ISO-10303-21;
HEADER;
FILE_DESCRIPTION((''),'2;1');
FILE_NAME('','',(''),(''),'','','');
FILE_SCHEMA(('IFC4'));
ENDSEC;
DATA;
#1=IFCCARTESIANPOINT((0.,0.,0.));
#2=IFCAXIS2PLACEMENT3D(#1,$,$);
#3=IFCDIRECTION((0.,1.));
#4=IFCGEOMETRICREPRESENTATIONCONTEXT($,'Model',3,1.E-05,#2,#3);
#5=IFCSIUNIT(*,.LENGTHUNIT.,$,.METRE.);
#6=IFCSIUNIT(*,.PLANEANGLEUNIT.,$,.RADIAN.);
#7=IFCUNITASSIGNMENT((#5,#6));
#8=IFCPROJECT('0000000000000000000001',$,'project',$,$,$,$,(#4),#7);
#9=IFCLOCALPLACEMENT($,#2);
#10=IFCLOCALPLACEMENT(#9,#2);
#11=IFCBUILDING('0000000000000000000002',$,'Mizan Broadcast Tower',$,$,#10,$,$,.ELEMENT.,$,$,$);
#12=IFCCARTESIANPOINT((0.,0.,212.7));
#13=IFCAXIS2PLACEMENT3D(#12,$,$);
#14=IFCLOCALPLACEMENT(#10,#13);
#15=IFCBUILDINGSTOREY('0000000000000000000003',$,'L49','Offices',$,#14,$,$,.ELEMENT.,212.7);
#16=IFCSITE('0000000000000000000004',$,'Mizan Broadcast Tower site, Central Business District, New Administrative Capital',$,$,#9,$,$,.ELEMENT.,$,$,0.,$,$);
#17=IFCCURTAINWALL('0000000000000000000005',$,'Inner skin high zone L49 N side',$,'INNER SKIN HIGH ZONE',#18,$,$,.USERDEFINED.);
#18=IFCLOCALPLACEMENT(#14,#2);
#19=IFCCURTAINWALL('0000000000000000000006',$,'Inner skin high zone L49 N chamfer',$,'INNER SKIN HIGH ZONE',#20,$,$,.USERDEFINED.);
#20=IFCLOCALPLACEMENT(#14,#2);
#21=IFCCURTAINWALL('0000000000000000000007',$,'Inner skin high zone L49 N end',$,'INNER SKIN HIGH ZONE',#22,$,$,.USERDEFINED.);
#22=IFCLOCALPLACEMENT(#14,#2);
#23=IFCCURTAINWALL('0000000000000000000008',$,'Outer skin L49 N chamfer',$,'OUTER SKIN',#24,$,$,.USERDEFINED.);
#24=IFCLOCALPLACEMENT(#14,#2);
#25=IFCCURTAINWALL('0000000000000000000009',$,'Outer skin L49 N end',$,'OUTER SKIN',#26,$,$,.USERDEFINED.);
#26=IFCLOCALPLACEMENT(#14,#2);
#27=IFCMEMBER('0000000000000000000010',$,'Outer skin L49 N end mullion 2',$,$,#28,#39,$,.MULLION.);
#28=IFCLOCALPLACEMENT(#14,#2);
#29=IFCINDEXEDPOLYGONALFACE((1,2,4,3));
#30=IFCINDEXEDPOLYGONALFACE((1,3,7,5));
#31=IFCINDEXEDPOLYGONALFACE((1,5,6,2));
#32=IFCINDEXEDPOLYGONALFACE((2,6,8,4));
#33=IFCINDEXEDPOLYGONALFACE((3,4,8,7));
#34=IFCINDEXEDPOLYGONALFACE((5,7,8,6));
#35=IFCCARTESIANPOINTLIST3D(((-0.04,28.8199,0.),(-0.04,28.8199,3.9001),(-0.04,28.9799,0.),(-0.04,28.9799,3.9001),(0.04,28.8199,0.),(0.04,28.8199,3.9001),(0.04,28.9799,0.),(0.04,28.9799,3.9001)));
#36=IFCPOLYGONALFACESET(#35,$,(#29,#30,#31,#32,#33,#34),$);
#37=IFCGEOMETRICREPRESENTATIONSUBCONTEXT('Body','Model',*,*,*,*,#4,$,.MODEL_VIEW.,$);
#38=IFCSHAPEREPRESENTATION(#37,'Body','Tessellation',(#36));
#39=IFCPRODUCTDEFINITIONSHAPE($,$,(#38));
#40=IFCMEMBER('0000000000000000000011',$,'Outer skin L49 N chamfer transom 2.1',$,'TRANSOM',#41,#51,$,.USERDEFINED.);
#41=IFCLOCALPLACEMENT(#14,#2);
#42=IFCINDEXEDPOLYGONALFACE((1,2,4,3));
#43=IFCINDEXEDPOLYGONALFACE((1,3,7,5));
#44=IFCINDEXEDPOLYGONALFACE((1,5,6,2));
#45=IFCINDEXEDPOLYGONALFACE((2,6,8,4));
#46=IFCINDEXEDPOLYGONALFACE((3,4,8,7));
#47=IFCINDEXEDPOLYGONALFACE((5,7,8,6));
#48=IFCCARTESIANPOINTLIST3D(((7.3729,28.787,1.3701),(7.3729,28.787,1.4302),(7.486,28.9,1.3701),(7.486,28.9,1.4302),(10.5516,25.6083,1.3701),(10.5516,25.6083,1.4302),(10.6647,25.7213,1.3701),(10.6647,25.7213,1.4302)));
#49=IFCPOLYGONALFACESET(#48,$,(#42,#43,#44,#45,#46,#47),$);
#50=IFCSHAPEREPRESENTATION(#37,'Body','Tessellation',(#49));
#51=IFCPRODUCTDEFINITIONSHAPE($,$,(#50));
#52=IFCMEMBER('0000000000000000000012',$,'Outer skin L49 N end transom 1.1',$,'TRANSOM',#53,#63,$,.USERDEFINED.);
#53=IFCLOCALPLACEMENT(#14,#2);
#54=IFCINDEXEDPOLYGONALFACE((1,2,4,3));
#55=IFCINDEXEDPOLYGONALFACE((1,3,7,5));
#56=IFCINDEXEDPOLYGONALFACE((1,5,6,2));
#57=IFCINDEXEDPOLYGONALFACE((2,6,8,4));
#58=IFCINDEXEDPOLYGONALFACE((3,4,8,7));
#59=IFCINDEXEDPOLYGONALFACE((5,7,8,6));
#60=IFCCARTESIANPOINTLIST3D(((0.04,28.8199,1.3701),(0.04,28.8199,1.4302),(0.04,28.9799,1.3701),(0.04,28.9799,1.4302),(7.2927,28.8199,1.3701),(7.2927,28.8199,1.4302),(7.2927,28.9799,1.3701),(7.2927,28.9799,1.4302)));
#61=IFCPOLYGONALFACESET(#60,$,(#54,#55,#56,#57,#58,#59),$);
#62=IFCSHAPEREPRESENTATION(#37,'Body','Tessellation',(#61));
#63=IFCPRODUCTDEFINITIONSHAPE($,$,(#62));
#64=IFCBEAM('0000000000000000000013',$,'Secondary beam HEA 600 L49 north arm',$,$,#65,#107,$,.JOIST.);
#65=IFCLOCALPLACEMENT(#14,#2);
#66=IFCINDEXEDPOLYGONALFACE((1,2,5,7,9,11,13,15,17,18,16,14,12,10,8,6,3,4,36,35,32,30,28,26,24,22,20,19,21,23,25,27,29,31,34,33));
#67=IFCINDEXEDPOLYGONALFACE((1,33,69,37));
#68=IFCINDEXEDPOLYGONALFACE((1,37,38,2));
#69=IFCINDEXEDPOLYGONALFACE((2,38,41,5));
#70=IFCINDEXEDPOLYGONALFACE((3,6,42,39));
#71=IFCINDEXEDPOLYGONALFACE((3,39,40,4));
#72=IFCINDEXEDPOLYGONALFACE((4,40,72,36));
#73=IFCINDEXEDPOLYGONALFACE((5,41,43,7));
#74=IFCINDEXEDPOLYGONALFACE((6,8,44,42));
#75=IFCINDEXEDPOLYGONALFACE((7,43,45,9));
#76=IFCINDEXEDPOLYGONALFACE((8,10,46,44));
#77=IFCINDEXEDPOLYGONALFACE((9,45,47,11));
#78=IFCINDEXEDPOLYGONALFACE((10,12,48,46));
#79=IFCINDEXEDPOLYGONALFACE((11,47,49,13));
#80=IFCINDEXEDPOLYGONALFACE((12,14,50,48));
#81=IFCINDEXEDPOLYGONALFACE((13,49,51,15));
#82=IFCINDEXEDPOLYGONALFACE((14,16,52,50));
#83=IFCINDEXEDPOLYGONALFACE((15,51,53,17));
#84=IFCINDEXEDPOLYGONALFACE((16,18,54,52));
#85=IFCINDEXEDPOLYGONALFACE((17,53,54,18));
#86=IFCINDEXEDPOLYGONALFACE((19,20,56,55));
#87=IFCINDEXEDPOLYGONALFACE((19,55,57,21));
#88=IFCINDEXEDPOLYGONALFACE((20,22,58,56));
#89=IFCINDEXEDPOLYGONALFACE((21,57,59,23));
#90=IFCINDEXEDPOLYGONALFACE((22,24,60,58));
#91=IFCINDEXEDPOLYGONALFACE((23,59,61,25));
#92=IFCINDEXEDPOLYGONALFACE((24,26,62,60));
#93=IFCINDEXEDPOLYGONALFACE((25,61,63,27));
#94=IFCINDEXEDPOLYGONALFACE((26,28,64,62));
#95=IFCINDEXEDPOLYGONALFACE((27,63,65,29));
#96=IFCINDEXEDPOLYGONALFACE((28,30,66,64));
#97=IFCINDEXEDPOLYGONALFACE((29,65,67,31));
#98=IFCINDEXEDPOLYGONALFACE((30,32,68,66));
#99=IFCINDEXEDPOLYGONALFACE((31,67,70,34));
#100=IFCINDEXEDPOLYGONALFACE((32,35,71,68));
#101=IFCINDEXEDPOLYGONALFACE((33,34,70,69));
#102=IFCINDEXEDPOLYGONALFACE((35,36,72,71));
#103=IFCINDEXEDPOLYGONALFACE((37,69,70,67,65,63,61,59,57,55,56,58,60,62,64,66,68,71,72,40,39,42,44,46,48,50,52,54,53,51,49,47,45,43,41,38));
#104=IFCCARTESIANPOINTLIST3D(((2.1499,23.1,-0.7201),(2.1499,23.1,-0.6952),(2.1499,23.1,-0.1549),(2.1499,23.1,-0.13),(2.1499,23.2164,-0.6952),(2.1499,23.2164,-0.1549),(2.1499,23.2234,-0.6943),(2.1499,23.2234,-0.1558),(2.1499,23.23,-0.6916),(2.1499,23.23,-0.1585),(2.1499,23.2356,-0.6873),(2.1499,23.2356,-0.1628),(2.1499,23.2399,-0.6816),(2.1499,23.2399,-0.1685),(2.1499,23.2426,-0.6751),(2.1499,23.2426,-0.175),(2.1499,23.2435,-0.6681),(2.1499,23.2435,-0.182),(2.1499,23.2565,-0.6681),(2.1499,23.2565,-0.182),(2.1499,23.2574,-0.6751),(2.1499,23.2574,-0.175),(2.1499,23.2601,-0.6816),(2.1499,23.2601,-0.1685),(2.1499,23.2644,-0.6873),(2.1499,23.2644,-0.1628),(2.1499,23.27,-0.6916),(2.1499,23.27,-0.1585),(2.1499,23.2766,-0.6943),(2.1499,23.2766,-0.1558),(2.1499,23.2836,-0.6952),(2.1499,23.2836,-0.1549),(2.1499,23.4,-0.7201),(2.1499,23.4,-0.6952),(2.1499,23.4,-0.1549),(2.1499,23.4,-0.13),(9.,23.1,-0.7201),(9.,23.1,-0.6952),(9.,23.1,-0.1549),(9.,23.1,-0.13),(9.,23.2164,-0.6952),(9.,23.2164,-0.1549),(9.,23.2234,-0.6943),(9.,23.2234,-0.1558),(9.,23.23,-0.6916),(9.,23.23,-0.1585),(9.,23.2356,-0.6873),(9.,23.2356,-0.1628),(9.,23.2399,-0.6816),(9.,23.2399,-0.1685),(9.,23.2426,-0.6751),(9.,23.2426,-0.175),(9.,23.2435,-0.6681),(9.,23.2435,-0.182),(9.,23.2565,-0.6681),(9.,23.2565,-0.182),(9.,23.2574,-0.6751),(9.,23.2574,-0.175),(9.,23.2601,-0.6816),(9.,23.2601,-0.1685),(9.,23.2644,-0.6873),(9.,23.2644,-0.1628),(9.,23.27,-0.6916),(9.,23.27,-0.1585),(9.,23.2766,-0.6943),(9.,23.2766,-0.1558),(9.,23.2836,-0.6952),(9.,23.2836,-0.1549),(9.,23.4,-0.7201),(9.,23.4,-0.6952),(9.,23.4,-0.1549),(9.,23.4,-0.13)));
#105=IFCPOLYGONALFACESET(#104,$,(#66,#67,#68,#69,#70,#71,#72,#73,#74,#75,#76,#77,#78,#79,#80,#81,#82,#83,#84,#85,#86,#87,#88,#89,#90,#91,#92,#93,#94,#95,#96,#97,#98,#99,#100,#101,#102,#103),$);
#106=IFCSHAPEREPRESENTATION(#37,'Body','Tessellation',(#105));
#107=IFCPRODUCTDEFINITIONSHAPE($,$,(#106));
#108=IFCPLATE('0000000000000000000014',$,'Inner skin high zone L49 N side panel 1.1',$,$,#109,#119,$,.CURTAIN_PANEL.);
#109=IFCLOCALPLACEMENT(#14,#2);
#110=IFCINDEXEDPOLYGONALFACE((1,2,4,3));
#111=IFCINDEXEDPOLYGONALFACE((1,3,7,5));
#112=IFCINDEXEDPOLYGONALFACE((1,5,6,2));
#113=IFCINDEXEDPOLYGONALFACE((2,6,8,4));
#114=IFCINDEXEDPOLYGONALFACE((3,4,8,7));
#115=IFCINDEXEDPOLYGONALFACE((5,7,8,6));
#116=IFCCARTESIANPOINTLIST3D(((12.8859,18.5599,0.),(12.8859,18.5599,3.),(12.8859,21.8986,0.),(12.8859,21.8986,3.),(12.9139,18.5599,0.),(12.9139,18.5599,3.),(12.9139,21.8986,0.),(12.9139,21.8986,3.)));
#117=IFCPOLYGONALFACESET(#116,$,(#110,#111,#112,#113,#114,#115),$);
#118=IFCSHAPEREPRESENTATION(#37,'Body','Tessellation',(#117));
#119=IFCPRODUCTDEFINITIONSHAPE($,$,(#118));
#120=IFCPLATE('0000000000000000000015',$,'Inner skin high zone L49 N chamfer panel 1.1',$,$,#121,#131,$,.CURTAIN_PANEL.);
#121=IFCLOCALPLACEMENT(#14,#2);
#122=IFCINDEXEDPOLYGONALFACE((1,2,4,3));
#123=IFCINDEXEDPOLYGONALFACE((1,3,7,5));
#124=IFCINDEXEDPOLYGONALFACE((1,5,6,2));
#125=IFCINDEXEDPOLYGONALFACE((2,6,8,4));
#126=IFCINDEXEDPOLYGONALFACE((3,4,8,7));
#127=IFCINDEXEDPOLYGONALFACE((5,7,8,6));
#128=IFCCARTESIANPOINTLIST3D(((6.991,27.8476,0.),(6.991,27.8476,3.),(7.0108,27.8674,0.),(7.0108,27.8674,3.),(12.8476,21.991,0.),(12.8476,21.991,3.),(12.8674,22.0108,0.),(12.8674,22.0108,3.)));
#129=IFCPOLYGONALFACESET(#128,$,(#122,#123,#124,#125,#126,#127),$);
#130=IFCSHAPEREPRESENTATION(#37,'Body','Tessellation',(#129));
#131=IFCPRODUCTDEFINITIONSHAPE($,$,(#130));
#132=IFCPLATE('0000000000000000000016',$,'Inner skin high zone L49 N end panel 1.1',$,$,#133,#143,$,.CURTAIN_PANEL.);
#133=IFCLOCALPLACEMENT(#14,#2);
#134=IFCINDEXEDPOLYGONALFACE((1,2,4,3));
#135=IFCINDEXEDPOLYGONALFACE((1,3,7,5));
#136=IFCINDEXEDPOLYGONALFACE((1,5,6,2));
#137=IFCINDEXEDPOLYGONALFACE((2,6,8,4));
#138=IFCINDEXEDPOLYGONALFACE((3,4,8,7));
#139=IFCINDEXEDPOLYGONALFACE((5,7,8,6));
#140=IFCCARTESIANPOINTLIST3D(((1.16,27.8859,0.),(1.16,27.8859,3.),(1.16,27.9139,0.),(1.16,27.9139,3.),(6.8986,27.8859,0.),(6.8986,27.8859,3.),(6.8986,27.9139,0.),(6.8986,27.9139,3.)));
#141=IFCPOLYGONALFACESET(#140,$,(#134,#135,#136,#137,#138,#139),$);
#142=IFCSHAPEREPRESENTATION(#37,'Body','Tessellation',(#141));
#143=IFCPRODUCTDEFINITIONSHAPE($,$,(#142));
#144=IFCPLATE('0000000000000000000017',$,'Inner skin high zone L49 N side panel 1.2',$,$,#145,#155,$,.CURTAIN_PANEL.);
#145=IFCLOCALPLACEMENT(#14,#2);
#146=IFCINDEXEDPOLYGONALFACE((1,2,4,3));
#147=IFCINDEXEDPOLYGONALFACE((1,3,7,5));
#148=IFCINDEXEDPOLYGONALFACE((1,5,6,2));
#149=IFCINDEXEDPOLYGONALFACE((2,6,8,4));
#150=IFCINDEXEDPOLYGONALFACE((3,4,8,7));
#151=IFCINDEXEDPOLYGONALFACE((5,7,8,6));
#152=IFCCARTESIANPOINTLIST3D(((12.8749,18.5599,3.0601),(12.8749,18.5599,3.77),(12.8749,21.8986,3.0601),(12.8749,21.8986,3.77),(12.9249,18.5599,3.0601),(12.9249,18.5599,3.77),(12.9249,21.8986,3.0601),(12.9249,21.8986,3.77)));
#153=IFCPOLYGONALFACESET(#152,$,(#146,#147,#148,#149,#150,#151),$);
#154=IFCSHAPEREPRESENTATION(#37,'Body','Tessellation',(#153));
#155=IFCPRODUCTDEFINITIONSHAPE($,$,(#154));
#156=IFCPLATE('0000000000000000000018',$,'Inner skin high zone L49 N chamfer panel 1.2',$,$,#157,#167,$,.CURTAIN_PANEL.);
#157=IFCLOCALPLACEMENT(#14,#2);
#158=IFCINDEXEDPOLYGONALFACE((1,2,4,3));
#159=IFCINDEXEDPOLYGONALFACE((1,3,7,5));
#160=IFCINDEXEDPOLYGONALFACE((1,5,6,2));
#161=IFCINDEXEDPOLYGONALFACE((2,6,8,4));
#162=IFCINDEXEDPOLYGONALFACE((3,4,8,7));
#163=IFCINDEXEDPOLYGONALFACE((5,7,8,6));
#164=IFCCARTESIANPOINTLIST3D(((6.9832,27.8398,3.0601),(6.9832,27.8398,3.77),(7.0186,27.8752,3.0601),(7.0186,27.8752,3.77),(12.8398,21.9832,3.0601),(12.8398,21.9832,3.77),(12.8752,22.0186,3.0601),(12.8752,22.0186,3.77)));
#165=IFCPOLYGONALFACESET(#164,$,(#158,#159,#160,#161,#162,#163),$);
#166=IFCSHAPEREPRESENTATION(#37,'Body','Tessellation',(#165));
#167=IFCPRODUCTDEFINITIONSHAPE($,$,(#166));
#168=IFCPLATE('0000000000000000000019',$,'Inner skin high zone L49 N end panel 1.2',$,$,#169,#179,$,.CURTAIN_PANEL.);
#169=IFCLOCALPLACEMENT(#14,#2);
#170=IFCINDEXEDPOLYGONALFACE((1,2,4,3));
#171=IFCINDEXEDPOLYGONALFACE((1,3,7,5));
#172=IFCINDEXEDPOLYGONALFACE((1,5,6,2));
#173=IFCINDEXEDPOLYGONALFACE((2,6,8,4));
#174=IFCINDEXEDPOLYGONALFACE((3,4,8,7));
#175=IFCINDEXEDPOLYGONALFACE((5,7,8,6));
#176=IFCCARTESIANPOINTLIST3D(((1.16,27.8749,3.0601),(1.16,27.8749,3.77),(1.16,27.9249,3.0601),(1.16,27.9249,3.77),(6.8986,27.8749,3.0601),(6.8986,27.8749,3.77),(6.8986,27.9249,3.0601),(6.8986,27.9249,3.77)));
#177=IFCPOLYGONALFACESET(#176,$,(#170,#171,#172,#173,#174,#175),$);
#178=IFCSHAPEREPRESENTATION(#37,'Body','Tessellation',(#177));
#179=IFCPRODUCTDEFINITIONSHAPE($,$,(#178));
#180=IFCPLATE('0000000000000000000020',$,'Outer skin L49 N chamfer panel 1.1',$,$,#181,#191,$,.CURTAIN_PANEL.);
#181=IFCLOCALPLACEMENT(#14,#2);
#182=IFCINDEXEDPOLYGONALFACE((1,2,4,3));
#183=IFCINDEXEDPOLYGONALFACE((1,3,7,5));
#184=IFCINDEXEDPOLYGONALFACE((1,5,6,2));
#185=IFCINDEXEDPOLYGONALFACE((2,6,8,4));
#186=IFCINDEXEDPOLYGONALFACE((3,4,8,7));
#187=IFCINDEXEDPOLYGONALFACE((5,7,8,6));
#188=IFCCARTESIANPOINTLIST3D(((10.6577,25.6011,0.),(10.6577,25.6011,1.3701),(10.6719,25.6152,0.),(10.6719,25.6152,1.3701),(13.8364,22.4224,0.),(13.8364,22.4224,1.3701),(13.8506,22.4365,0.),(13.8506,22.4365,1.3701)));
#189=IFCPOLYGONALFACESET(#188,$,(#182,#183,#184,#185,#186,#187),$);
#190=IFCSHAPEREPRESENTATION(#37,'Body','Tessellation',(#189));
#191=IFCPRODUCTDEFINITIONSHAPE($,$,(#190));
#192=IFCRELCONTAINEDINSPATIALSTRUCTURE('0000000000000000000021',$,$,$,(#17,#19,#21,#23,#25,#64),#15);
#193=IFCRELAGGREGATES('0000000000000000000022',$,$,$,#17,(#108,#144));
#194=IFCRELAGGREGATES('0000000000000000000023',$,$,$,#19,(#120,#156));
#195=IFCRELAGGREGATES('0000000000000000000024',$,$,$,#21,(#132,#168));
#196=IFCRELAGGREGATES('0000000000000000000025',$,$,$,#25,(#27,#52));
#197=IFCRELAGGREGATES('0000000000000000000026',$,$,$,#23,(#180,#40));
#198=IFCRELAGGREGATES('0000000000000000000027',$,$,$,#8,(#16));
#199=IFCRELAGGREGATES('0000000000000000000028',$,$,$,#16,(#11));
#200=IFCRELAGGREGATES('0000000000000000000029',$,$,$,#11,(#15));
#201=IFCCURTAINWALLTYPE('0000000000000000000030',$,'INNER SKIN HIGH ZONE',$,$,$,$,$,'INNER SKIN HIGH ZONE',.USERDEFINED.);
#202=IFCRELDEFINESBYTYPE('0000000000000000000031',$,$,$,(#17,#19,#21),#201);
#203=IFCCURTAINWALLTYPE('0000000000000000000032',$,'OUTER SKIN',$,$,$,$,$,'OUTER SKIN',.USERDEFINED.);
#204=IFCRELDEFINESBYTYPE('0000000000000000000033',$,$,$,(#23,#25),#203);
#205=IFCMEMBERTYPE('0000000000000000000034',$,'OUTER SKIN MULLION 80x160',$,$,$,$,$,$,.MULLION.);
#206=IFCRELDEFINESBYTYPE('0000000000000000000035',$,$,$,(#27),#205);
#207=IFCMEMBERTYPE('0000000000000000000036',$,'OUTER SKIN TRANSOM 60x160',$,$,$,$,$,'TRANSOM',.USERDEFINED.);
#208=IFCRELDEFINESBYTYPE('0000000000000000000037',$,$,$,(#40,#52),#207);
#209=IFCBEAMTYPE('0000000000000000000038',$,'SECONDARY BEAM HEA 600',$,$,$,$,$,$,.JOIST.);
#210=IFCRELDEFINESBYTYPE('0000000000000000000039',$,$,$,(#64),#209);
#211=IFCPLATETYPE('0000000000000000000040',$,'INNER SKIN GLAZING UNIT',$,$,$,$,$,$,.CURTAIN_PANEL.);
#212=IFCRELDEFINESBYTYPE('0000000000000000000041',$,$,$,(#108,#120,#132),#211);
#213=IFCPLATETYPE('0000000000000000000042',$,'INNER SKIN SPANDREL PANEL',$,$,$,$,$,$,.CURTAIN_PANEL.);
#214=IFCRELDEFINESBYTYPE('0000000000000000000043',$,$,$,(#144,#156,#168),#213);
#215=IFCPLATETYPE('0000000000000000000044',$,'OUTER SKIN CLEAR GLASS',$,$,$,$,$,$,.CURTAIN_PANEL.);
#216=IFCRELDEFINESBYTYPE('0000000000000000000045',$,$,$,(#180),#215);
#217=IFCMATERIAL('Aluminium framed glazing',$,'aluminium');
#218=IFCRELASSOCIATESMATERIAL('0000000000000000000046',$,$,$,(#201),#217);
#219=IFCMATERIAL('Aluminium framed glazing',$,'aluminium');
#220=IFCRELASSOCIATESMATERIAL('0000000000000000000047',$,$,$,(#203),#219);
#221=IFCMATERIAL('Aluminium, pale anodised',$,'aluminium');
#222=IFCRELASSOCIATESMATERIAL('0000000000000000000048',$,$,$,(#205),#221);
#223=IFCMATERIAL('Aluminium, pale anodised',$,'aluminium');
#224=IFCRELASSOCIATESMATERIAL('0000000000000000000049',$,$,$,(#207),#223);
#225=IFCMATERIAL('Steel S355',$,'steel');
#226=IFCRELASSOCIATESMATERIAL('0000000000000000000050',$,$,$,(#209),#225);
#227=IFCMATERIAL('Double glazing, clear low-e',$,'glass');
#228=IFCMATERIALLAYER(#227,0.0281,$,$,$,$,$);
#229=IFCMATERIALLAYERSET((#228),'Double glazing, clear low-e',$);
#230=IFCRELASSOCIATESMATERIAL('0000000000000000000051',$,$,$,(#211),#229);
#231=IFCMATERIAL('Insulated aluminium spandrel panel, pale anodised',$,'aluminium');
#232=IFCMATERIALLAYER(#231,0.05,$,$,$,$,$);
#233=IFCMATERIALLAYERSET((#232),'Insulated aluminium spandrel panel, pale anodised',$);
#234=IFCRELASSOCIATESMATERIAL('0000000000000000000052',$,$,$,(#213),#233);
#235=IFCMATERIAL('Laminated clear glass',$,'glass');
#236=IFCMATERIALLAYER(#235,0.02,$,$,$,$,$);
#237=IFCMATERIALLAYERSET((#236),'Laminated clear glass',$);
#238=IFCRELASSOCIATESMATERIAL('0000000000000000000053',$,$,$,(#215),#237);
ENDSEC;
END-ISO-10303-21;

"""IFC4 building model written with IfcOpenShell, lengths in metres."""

from ifc_helpers import new_model, si_unit, direction, frame, origin, origin_2d, place, context, subcontext, project, spatial, rectangle, i_section, extrude, material, layer, layer_set, material_profile, profile_set, type_object, element, aggregate, save


model = new_model("IFC4")

# Units and contexts
model_context = context("Model", 3, precision=1e-05, world=origin(), true_north=direction((0.0, 1.0)))
body_context = subcontext(model_context, "Body", "Model", "MODEL_VIEW")
ifc_project = project(units=[si_unit("LENGTHUNIT", "METRE"), si_unit("PLANEANGLEUNIT", "RADIAN")], contexts=[model_context])

# Site, building, storey
site_placement = place(None, origin())
site = spatial("IfcSite", under=ifc_project, at=site_placement, Name="Mizan Broadcast Tower site, Central Business District, New Administrative Capital", CompositionType="ELEMENT", RefElevation=0.0)
building_placement = place(site_placement, origin())
building = spatial("IfcBuilding", under=site, at=building_placement, Name="Mizan Broadcast Tower", CompositionType="ELEMENT")
storey_placement = place(building_placement, frame((0.0, 0.0, 212.7)))
storey = spatial("IfcBuildingStorey", under=building, at=storey_placement, Name="L49", Description="Offices", CompositionType="ELEMENT", Elevation=212.7)

# Curtain walls
ifc_material_1 = material(Name="Aluminium framed glazing", Category="aluminium")
curtain_wall_type_1 = type_object("IfcCurtainWallType", Name="INNER SKIN HIGH ZONE", ElementType="INNER SKIN HIGH ZONE", PredefinedType="USERDEFINED", material=ifc_material_1)
curtain_wall_1_placement = place(storey_placement, origin())
curtain_wall_1 = element("IfcCurtainWall", 1, at=curtain_wall_1_placement, inside=storey, type_object=curtain_wall_type_1, Name="Inner skin high zone L49 N side", ObjectType="INNER SKIN HIGH ZONE", PredefinedType="USERDEFINED")
curtain_wall_2_placement = place(storey_placement, origin())
curtain_wall_2 = element("IfcCurtainWall", 2, at=curtain_wall_2_placement, inside=storey, type_object=curtain_wall_type_1, Name="Inner skin high zone L49 N chamfer", ObjectType="INNER SKIN HIGH ZONE", PredefinedType="USERDEFINED")
curtain_wall_3_placement = place(storey_placement, origin())
curtain_wall_3 = element("IfcCurtainWall", 3, at=curtain_wall_3_placement, inside=storey, type_object=curtain_wall_type_1, Name="Inner skin high zone L49 N end", ObjectType="INNER SKIN HIGH ZONE", PredefinedType="USERDEFINED")

# Curtain wall
ifc_material_2 = material(Name="Aluminium framed glazing", Category="aluminium")
curtain_wall_type_2 = type_object("IfcCurtainWallType", Name="OUTER SKIN", ElementType="OUTER SKIN", PredefinedType="USERDEFINED", material=ifc_material_2)
curtain_wall_4_placement = place(storey_placement, origin())
curtain_wall_4 = element("IfcCurtainWall", 4, at=curtain_wall_4_placement, inside=storey, type_object=curtain_wall_type_2, Name="Outer skin L49 N chamfer", ObjectType="OUTER SKIN", PredefinedType="USERDEFINED")
ifc_material_3 = material(Name="Aluminium, pale anodised", Category="aluminium")
ifc_material_profile_1 = material_profile(ifc_material_3, rectangle(XDim=0.1599, YDim=0.0801, at=origin_2d()), Name="MULLION 160x80")
ifc_profile_set_1 = profile_set([ifc_material_profile_1], Name="Aluminium, pale anodised")
member_type_1 = type_object("IfcMemberType", Name="OUTER SKIN MULLION 80x160", PredefinedType="MULLION", material=ifc_profile_set_1)

# Curtain wall, member
curtain_wall_5_placement = place(storey_placement, origin())
curtain_wall_5 = element("IfcCurtainWall", 5, at=curtain_wall_5_placement, inside=storey, type_object=curtain_wall_type_2, Name="Outer skin L49 N end", ObjectType="OUTER SKIN", PredefinedType="USERDEFINED")
member_1_placement = place(storey_placement, frame((0.0, 28.8999, 0.0), z_axis=(0.0, 0.0, 1.0), x_axis=(0.0, -1.0, 0.0)))
member_1 = element("IfcMember", 6, at=member_1_placement, type_object=member_type_1, Name="Outer skin L49 N end mullion 2", PredefinedType="MULLION", context=body_context, shape_type="SweptSolid", body=[
    extrude(rectangle(XDim=0.1599, YDim=0.0801, at=origin_2d()), origin(), (0.0, 0.0, 1.0), 3.9001),
])

# Members
ifc_material_4 = material(Name="Aluminium, pale anodised", Category="aluminium")
ifc_material_profile_2 = material_profile(ifc_material_4, rectangle(XDim=0.1599, YDim=0.0601, at=origin_2d()), Name="TRANSOM 160x60")
ifc_profile_set_2 = profile_set([ifc_material_profile_2], Name="Aluminium, pale anodised")
member_type_2 = type_object("IfcMemberType", Name="OUTER SKIN TRANSOM 60x160", ElementType="TRANSOM", PredefinedType="USERDEFINED", material=ifc_profile_set_2)
member_2_placement = place(storey_placement, frame((10.6082, 25.6648, 1.4001), z_axis=(-0.707107, 0.707107, 0.0), x_axis=(-0.707107, -0.707107, 0.0)))
member_2 = element("IfcMember", 7, at=member_2_placement, type_object=member_type_2, Name="Outer skin L49 N chamfer transom 2.1", ObjectType="TRANSOM", PredefinedType="USERDEFINED", context=body_context, shape_type="SweptSolid", body=[
    extrude(rectangle(XDim=0.1599, YDim=0.0601, at=origin_2d()), origin(), (0.0, 0.0, 1.0), 4.4954),
])
member_3_placement = place(storey_placement, frame((7.2927, 28.8999, 1.4001), z_axis=(-1.0, 0.0, 0.0), x_axis=(0.0, -1.0, 0.0)))
member_3 = element("IfcMember", 8, at=member_3_placement, type_object=member_type_2, Name="Outer skin L49 N end transom 1.1", ObjectType="TRANSOM", PredefinedType="USERDEFINED", context=body_context, shape_type="SweptSolid", body=[
    extrude(rectangle(XDim=0.1599, YDim=0.0601, at=origin_2d()), origin(), (0.0, 0.0, 1.0), 7.2527),
])

# Beam
ifc_material_5 = material(Name="Steel S355", Category="steel")
ifc_material_profile_3 = material_profile(ifc_material_5, i_section(OverallWidth=0.3, OverallDepth=0.5901, WebThickness=0.0129, FlangeThickness=0.0249, FilletRadius=0.0271, at=origin_2d()), Name="HEA 600")
ifc_profile_set_3 = profile_set([ifc_material_profile_3], Name="Steel S355")
beam_type_1 = type_object("IfcBeamType", Name="SECONDARY BEAM HEA 600", PredefinedType="JOIST", material=ifc_profile_set_3)
beam_1_placement = place(storey_placement, frame((9.0, 23.25, -0.425), z_axis=(-1.0, 0.0, 0.0), x_axis=(0.0, -1.0, 0.0)))
element("IfcBeam", 9, at=beam_1_placement, inside=storey, type_object=beam_type_1, Name="Secondary beam HEA 600 L49 north arm", PredefinedType="JOIST", context=body_context, shape_type="SweptSolid", body=[
    extrude(i_section(OverallWidth=0.3, OverallDepth=0.5901, WebThickness=0.0129, FlangeThickness=0.0249, FilletRadius=0.0271, at=origin_2d()), origin(), (0.0, 0.0, 1.0), 6.8501),
])

# Plates
ifc_material_6 = material(Name="Double glazing, clear low-e", Category="glass")
ifc_layer_1 = layer(ifc_material_6, 0.0281)
ifc_layer_set_1 = layer_set([ifc_layer_1], Name="Double glazing, clear low-e")
plate_type_1 = type_object("IfcPlateType", Name="INNER SKIN GLAZING UNIT", PredefinedType="CURTAIN_PANEL", material=ifc_layer_set_1)
plate_1_placement = place(storey_placement, frame((12.8999, 20.2292, 0.0), z_axis=(0.0, 0.0, 1.0), x_axis=(0.0, 1.0, 0.0)))
plate_1 = element("IfcPlate", 10, at=plate_1_placement, type_object=plate_type_1, Name="Inner skin high zone L49 N side panel 1.1", PredefinedType="CURTAIN_PANEL", context=body_context, shape_type="SweptSolid", body=[
    extrude(rectangle(XDim=3.3386, YDim=0.0281, at=origin_2d()), origin(), (0.0, 0.0, 1.0), 3.0),
])
plate_2_placement = place(storey_placement, frame((9.9292, 24.9292, 0.0), z_axis=(0.0, 0.0, 1.0), x_axis=(-0.707107, 0.707107, 0.0)))
plate_2 = element("IfcPlate", 11, at=plate_2_placement, type_object=plate_type_1, Name="Inner skin high zone L49 N chamfer panel 1.1", PredefinedType="CURTAIN_PANEL", context=body_context, shape_type="SweptSolid", body=[
    extrude(rectangle(XDim=8.2825, YDim=0.0281, at=origin_2d()), origin(), (0.0, 0.0, 1.0), 3.0),
])
plate_3_placement = place(storey_placement, frame((4.0293, 27.8999, 0.0), z_axis=(0.0, 0.0, 1.0), x_axis=(-1.0, 0.0, 0.0)))
plate_3 = element("IfcPlate", 12, at=plate_3_placement, type_object=plate_type_1, Name="Inner skin high zone L49 N end panel 1.1", PredefinedType="CURTAIN_PANEL", context=body_context, shape_type="SweptSolid", body=[
    extrude(rectangle(XDim=5.7385, YDim=0.0281, at=origin_2d()), origin(), (0.0, 0.0, 1.0), 3.0),
])
ifc_material_7 = material(Name="Insulated aluminium spandrel panel, pale anodised", Category="aluminium")
ifc_layer_2 = layer(ifc_material_7, 0.05)
ifc_layer_set_2 = layer_set([ifc_layer_2], Name="Insulated aluminium spandrel panel, pale anodised")
plate_type_2 = type_object("IfcPlateType", Name="INNER SKIN SPANDREL PANEL", PredefinedType="CURTAIN_PANEL", material=ifc_layer_set_2)
plate_4_placement = place(storey_placement, frame((12.8999, 20.2292, 3.0601), z_axis=(0.0, 0.0, 1.0), x_axis=(0.0, 1.0, 0.0)))
plate_4 = element("IfcPlate", 13, at=plate_4_placement, type_object=plate_type_2, Name="Inner skin high zone L49 N side panel 1.2", PredefinedType="CURTAIN_PANEL", context=body_context, shape_type="SweptSolid", body=[
    extrude(rectangle(XDim=3.3386, YDim=0.05, at=origin_2d()), origin(), (0.0, 0.0, 1.0), 0.71),
])
aggregate(curtain_wall_1, [plate_1, plate_4])
plate_5_placement = place(storey_placement, frame((9.9292, 24.9292, 3.0601), z_axis=(0.0, 0.0, 1.0), x_axis=(-0.707107, 0.707107, 0.0)))
plate_5 = element("IfcPlate", 14, at=plate_5_placement, type_object=plate_type_2, Name="Inner skin high zone L49 N chamfer panel 1.2", PredefinedType="CURTAIN_PANEL", context=body_context, shape_type="SweptSolid", body=[
    extrude(rectangle(XDim=8.2825, YDim=0.05, at=origin_2d()), origin(), (0.0, 0.0, 1.0), 0.71),
])
aggregate(curtain_wall_2, [plate_2, plate_5])
plate_6_placement = place(storey_placement, frame((4.0293, 27.8999, 3.0601), z_axis=(0.0, 0.0, 1.0), x_axis=(-1.0, 0.0, 0.0)))
plate_6 = element("IfcPlate", 15, at=plate_6_placement, type_object=plate_type_2, Name="Inner skin high zone L49 N end panel 1.2", PredefinedType="CURTAIN_PANEL", context=body_context, shape_type="SweptSolid", body=[
    extrude(rectangle(XDim=5.7385, YDim=0.05, at=origin_2d()), origin(), (0.0, 0.0, 1.0), 0.71),
])
aggregate(curtain_wall_3, [plate_3, plate_6])
ifc_material_8 = material(Name="Laminated clear glass", Category="glass")
ifc_layer_3 = layer(ifc_material_8, 0.02)
ifc_layer_set_3 = layer_set([ifc_layer_3], Name="Laminated clear glass")
plate_type_3 = type_object("IfcPlateType", Name="OUTER SKIN CLEAR GLASS", PredefinedType="CURTAIN_PANEL", material=ifc_layer_set_3)
plate_7_placement = place(storey_placement, frame((12.2542, 24.0188, 0.0), z_axis=(0.0, 0.0, 1.0), x_axis=(-0.707107, 0.707107, 0.0)))
plate_7 = element("IfcPlate", 16, at=plate_7_placement, type_object=plate_type_3, Name="Outer skin L49 N chamfer panel 1.1", PredefinedType="CURTAIN_PANEL", context=body_context, shape_type="SweptSolid", body=[
    extrude(rectangle(XDim=4.4954, YDim=0.02, at=origin_2d()), origin(), (0.0, 0.0, 1.0), 1.3701),
])
aggregate(curtain_wall_5, [member_1, member_3])
aggregate(curtain_wall_4, [plate_7, member_2])

save(model, "model.ifc")
